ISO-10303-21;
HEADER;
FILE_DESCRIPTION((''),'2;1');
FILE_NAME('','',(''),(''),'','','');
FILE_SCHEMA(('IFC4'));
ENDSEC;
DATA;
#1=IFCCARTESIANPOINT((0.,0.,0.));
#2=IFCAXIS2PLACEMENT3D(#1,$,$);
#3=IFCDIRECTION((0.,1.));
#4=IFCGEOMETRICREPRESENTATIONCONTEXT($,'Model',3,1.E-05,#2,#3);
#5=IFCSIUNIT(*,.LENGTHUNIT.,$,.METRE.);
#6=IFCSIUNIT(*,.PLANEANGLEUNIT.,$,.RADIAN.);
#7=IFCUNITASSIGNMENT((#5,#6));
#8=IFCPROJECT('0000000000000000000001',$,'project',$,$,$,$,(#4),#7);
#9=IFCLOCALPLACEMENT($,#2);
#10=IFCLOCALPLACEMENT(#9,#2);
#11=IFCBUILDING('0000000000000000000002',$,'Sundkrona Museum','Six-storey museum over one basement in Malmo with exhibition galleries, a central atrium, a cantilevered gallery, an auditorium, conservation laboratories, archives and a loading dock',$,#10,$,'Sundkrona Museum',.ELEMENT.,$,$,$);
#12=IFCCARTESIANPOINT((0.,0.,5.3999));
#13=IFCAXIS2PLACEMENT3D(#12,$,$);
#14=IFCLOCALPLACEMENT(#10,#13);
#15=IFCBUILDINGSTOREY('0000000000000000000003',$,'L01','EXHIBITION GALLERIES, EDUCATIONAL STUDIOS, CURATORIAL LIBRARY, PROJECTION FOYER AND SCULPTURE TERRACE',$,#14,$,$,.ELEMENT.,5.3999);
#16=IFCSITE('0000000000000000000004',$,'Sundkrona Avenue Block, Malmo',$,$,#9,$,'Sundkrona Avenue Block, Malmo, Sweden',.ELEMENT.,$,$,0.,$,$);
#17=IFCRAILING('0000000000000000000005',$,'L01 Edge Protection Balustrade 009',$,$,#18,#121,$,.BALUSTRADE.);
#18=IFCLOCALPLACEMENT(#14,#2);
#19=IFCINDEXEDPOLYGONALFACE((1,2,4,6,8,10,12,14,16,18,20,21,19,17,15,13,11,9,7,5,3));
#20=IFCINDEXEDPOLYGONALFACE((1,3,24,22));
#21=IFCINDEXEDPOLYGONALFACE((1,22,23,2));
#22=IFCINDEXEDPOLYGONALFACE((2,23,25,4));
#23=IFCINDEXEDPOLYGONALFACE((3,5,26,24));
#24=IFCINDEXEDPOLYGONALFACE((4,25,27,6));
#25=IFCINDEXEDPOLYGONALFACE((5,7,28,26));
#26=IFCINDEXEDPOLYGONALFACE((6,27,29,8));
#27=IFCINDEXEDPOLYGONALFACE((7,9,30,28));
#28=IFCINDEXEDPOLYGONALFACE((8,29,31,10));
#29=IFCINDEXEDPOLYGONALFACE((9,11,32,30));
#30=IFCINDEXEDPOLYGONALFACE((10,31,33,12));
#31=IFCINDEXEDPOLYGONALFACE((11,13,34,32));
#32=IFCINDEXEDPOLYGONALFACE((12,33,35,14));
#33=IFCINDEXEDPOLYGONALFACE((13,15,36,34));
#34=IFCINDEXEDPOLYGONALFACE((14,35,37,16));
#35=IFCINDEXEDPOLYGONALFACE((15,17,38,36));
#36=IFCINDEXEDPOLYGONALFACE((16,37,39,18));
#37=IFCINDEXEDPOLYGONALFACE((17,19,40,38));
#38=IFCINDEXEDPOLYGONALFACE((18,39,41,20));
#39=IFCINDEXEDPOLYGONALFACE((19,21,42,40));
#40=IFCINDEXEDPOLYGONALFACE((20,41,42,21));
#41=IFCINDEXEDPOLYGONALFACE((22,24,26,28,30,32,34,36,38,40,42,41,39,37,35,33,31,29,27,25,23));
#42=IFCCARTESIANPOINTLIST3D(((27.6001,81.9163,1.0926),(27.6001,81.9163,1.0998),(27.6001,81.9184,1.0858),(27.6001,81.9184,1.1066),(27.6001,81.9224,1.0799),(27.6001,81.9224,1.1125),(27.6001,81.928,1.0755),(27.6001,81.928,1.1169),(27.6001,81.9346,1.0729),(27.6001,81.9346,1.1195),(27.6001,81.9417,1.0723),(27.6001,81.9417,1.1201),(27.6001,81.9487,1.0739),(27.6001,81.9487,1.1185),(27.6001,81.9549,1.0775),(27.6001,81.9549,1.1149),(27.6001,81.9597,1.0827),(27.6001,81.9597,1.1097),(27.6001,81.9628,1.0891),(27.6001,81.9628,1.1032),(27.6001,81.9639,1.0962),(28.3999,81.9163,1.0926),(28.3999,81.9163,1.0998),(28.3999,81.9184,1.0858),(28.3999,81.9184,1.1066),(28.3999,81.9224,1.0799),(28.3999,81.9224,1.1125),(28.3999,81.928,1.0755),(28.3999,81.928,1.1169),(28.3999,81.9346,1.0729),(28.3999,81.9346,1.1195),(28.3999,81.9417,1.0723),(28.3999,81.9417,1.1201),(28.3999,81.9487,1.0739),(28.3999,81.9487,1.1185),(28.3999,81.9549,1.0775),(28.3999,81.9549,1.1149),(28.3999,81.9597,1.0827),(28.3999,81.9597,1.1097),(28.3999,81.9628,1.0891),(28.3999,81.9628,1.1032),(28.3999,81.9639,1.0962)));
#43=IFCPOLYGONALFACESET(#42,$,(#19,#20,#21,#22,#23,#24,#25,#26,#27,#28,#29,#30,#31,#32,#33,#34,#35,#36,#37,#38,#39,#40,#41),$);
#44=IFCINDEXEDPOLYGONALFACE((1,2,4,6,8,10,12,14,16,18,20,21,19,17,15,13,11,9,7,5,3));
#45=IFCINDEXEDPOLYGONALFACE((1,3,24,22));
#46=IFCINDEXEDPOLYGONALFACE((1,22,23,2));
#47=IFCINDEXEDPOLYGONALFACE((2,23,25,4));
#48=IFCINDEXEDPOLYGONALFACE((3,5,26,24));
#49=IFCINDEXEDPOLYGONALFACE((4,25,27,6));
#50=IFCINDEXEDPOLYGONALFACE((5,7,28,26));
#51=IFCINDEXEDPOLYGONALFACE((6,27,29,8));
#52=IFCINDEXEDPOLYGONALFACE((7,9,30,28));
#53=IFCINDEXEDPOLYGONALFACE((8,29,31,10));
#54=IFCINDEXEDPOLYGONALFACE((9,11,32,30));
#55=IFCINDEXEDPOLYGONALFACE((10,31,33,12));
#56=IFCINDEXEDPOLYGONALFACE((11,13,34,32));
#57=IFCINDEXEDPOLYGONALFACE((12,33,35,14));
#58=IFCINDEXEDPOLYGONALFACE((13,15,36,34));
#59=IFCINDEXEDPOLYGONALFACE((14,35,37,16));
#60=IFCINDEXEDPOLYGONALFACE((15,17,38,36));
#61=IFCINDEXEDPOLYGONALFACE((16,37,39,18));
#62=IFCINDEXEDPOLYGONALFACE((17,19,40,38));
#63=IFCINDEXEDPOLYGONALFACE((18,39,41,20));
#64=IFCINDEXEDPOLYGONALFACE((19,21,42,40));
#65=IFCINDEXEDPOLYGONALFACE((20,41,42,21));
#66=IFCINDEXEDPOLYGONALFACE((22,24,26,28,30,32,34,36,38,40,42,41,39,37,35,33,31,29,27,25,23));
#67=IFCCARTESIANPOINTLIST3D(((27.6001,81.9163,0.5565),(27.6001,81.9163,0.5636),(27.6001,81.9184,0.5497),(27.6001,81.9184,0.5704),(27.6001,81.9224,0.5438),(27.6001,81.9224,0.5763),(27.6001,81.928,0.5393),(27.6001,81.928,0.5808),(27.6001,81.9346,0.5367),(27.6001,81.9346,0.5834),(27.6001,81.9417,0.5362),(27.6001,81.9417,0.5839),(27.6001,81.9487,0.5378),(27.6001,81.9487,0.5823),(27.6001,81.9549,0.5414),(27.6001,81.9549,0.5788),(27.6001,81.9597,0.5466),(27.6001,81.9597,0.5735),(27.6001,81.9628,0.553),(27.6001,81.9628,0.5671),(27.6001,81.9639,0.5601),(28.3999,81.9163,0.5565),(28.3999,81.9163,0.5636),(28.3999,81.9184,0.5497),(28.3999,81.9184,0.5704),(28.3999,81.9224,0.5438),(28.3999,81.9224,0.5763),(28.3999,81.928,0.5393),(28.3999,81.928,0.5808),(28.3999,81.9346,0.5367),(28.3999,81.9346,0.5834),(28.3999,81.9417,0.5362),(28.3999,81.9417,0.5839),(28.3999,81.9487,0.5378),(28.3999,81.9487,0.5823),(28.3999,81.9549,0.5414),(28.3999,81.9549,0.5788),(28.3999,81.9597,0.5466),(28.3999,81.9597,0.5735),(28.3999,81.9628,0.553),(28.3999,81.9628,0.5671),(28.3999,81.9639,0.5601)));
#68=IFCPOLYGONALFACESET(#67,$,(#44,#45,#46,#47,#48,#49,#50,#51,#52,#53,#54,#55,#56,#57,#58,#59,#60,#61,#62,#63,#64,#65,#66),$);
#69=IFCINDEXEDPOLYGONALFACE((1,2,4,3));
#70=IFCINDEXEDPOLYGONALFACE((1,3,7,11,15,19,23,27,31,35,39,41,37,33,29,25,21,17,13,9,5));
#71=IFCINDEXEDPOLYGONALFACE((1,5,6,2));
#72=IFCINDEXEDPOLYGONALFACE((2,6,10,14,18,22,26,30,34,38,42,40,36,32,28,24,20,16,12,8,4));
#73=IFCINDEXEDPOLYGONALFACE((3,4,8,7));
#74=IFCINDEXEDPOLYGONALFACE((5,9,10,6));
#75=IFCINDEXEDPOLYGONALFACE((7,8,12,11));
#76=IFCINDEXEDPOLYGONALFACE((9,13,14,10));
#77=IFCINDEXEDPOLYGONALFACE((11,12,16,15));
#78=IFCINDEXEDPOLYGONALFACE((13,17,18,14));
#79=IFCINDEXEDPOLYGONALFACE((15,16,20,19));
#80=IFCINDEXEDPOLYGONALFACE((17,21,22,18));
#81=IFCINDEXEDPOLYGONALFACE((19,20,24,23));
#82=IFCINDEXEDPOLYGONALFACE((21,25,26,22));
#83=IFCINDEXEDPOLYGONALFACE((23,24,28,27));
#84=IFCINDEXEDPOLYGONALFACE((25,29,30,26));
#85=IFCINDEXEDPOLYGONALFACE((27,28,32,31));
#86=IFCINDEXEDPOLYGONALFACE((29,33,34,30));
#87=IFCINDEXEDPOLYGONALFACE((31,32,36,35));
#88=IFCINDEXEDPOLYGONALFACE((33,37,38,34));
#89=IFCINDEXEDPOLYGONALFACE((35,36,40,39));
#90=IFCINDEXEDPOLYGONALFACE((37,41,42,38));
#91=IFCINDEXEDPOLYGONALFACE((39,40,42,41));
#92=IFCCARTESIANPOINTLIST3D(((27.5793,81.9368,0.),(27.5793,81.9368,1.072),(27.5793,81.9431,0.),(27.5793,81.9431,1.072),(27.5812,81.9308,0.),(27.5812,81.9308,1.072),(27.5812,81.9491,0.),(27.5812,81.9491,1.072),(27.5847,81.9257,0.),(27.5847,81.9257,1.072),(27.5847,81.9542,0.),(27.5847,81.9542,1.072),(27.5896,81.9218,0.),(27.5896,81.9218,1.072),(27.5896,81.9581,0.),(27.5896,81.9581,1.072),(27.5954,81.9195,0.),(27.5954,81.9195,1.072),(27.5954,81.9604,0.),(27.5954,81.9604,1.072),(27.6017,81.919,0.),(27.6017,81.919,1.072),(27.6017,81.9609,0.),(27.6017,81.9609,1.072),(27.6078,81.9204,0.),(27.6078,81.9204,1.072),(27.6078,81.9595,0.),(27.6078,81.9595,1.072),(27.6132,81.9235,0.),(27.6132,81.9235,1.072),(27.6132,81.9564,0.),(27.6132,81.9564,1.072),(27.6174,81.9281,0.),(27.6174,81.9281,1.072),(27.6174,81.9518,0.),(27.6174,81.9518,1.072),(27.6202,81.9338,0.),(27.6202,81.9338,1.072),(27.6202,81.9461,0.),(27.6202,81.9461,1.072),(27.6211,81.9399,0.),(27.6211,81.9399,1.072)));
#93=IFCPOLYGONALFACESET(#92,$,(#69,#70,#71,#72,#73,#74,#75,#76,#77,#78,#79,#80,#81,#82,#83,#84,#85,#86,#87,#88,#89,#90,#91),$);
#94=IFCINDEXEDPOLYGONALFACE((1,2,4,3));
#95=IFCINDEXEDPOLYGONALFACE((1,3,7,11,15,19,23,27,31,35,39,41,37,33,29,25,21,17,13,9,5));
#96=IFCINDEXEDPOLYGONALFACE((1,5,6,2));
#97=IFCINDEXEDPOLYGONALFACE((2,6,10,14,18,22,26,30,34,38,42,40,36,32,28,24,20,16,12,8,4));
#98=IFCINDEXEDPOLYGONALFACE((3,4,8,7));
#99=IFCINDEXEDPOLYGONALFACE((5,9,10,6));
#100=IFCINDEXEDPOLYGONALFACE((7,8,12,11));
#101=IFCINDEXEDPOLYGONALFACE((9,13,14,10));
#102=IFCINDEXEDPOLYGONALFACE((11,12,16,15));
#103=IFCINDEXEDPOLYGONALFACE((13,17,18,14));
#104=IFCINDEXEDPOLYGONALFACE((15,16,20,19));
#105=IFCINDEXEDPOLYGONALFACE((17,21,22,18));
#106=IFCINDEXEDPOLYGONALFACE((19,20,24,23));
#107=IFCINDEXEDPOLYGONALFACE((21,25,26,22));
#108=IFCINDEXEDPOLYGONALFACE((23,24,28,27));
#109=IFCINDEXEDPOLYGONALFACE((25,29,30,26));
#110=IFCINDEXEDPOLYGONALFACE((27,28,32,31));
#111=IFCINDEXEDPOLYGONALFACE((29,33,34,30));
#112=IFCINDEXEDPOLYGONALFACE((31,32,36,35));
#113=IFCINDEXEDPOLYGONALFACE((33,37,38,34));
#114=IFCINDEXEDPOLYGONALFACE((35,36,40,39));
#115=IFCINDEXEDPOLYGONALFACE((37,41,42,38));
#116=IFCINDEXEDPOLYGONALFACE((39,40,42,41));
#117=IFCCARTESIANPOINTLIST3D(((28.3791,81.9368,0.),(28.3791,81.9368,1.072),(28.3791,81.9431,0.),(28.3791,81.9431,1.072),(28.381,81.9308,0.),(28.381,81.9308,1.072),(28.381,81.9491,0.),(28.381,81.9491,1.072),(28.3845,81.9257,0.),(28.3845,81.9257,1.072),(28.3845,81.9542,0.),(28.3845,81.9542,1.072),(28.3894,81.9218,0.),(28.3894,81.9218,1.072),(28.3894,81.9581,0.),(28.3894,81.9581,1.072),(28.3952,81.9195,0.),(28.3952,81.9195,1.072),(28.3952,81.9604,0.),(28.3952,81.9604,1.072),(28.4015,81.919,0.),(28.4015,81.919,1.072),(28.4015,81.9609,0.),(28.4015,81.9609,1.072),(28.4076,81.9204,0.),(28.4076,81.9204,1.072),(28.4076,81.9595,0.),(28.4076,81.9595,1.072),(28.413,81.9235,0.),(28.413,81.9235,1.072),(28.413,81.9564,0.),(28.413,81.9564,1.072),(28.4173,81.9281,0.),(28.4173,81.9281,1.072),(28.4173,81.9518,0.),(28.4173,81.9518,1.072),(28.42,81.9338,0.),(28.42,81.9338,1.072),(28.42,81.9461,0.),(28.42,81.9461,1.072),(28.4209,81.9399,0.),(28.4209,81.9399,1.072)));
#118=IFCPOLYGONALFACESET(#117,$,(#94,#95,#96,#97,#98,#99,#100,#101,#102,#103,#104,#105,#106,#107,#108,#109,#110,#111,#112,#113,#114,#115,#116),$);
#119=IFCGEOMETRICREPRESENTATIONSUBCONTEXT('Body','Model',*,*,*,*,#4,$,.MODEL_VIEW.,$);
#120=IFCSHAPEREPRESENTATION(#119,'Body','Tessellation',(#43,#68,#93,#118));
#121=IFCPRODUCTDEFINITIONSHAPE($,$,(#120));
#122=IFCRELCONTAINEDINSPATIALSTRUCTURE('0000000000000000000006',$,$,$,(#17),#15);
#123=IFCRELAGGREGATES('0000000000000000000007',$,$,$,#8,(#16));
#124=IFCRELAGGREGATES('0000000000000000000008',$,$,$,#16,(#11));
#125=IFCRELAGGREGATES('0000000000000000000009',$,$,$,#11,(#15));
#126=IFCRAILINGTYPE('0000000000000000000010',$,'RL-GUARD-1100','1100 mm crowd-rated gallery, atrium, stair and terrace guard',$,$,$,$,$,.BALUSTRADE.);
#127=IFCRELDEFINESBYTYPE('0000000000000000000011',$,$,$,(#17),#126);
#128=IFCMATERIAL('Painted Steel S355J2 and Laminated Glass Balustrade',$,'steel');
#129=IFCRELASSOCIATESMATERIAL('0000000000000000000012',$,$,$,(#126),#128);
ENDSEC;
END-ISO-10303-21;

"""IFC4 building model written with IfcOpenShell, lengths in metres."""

from ifc_helpers import new_model, si_unit, direction, frame, origin, origin_2d, place, context, subcontext, project, spatial, circle, extrude, material, type_object, element, save


model = new_model("IFC4")

# Units and contexts
model_context = context("Model", 3, precision=1e-05, world=origin(), true_north=direction((0.0, 1.0)))
body_context = subcontext(model_context, "Body", "Model", "MODEL_VIEW")
ifc_project = project(units=[si_unit("LENGTHUNIT", "METRE"), si_unit("PLANEANGLEUNIT", "RADIAN")], contexts=[model_context])

# Site, building, storey
site_placement = place(None, origin())
site = spatial("IfcSite", under=ifc_project, at=site_placement, Name="Sundkrona Avenue Block, Malmo", LongName="Sundkrona Avenue Block, Malmo, Sweden", CompositionType="ELEMENT", RefElevation=0.0)
building_placement = place(site_placement, origin())
building = spatial("IfcBuilding", under=site, at=building_placement, Name="Sundkrona Museum", Description="Six-storey museum over one basement in Malmo with exhibition galleries, a central atrium, a cantilevered gallery, an auditorium, conservation laboratories, archives and a loading dock", LongName="Sundkrona Museum", CompositionType="ELEMENT")
storey_placement = place(building_placement, frame((0.0, 0.0, 5.3999)))
storey = spatial("IfcBuildingStorey", under=building, at=storey_placement, Name="L01", Description="EXHIBITION GALLERIES, EDUCATIONAL STUDIOS, CURATORIAL LIBRARY, PROJECTION FOYER AND SCULPTURE TERRACE", CompositionType="ELEMENT", Elevation=5.3999)

# Railing
ifc_material_1 = material(Name="Painted Steel S355J2 and Laminated Glass Balustrade", Category="steel")
railing_type = type_object("IfcRailingType", Name="RL-GUARD-1100", Description="1100 mm crowd-rated gallery, atrium, stair and terrace guard", PredefinedType="BALUSTRADE", material=ifc_material_1)
railing_1_placement = place(storey_placement, frame((27.6001, 81.9399, 0.0)))
element("IfcRailing", 1, at=railing_1_placement, inside=storey, type_object=railing_type, Name="L01 Edge Protection Balustrade 009", PredefinedType="BALUSTRADE", context=body_context, shape_type="SweptSolid", body=[
    extrude(circle(Radius=0.0239, at=origin_2d()), frame((0.0, 0.0, 1.0962), z_axis=(1.0, 0.0, 0.0), x_axis=(0.0, 1.0, 0.0)), (0.0, 0.0, 1.0), 0.7998),
    extrude(circle(Radius=0.0239, at=origin_2d()), frame((0.0, 0.0, 0.5601), z_axis=(1.0, 0.0, 0.0), x_axis=(0.0, 1.0, 0.0)), (0.0, 0.0, 1.0), 0.7998),
    extrude(circle(Radius=0.021, at=origin_2d()), origin(), (0.0, 0.0, 1.0), 1.072),
    extrude(circle(Radius=0.021, at=origin_2d()), frame((0.7998, 0.0, 0.0)), (0.0, 0.0, 1.0), 1.072),
])

save(model, "model.ifc")
